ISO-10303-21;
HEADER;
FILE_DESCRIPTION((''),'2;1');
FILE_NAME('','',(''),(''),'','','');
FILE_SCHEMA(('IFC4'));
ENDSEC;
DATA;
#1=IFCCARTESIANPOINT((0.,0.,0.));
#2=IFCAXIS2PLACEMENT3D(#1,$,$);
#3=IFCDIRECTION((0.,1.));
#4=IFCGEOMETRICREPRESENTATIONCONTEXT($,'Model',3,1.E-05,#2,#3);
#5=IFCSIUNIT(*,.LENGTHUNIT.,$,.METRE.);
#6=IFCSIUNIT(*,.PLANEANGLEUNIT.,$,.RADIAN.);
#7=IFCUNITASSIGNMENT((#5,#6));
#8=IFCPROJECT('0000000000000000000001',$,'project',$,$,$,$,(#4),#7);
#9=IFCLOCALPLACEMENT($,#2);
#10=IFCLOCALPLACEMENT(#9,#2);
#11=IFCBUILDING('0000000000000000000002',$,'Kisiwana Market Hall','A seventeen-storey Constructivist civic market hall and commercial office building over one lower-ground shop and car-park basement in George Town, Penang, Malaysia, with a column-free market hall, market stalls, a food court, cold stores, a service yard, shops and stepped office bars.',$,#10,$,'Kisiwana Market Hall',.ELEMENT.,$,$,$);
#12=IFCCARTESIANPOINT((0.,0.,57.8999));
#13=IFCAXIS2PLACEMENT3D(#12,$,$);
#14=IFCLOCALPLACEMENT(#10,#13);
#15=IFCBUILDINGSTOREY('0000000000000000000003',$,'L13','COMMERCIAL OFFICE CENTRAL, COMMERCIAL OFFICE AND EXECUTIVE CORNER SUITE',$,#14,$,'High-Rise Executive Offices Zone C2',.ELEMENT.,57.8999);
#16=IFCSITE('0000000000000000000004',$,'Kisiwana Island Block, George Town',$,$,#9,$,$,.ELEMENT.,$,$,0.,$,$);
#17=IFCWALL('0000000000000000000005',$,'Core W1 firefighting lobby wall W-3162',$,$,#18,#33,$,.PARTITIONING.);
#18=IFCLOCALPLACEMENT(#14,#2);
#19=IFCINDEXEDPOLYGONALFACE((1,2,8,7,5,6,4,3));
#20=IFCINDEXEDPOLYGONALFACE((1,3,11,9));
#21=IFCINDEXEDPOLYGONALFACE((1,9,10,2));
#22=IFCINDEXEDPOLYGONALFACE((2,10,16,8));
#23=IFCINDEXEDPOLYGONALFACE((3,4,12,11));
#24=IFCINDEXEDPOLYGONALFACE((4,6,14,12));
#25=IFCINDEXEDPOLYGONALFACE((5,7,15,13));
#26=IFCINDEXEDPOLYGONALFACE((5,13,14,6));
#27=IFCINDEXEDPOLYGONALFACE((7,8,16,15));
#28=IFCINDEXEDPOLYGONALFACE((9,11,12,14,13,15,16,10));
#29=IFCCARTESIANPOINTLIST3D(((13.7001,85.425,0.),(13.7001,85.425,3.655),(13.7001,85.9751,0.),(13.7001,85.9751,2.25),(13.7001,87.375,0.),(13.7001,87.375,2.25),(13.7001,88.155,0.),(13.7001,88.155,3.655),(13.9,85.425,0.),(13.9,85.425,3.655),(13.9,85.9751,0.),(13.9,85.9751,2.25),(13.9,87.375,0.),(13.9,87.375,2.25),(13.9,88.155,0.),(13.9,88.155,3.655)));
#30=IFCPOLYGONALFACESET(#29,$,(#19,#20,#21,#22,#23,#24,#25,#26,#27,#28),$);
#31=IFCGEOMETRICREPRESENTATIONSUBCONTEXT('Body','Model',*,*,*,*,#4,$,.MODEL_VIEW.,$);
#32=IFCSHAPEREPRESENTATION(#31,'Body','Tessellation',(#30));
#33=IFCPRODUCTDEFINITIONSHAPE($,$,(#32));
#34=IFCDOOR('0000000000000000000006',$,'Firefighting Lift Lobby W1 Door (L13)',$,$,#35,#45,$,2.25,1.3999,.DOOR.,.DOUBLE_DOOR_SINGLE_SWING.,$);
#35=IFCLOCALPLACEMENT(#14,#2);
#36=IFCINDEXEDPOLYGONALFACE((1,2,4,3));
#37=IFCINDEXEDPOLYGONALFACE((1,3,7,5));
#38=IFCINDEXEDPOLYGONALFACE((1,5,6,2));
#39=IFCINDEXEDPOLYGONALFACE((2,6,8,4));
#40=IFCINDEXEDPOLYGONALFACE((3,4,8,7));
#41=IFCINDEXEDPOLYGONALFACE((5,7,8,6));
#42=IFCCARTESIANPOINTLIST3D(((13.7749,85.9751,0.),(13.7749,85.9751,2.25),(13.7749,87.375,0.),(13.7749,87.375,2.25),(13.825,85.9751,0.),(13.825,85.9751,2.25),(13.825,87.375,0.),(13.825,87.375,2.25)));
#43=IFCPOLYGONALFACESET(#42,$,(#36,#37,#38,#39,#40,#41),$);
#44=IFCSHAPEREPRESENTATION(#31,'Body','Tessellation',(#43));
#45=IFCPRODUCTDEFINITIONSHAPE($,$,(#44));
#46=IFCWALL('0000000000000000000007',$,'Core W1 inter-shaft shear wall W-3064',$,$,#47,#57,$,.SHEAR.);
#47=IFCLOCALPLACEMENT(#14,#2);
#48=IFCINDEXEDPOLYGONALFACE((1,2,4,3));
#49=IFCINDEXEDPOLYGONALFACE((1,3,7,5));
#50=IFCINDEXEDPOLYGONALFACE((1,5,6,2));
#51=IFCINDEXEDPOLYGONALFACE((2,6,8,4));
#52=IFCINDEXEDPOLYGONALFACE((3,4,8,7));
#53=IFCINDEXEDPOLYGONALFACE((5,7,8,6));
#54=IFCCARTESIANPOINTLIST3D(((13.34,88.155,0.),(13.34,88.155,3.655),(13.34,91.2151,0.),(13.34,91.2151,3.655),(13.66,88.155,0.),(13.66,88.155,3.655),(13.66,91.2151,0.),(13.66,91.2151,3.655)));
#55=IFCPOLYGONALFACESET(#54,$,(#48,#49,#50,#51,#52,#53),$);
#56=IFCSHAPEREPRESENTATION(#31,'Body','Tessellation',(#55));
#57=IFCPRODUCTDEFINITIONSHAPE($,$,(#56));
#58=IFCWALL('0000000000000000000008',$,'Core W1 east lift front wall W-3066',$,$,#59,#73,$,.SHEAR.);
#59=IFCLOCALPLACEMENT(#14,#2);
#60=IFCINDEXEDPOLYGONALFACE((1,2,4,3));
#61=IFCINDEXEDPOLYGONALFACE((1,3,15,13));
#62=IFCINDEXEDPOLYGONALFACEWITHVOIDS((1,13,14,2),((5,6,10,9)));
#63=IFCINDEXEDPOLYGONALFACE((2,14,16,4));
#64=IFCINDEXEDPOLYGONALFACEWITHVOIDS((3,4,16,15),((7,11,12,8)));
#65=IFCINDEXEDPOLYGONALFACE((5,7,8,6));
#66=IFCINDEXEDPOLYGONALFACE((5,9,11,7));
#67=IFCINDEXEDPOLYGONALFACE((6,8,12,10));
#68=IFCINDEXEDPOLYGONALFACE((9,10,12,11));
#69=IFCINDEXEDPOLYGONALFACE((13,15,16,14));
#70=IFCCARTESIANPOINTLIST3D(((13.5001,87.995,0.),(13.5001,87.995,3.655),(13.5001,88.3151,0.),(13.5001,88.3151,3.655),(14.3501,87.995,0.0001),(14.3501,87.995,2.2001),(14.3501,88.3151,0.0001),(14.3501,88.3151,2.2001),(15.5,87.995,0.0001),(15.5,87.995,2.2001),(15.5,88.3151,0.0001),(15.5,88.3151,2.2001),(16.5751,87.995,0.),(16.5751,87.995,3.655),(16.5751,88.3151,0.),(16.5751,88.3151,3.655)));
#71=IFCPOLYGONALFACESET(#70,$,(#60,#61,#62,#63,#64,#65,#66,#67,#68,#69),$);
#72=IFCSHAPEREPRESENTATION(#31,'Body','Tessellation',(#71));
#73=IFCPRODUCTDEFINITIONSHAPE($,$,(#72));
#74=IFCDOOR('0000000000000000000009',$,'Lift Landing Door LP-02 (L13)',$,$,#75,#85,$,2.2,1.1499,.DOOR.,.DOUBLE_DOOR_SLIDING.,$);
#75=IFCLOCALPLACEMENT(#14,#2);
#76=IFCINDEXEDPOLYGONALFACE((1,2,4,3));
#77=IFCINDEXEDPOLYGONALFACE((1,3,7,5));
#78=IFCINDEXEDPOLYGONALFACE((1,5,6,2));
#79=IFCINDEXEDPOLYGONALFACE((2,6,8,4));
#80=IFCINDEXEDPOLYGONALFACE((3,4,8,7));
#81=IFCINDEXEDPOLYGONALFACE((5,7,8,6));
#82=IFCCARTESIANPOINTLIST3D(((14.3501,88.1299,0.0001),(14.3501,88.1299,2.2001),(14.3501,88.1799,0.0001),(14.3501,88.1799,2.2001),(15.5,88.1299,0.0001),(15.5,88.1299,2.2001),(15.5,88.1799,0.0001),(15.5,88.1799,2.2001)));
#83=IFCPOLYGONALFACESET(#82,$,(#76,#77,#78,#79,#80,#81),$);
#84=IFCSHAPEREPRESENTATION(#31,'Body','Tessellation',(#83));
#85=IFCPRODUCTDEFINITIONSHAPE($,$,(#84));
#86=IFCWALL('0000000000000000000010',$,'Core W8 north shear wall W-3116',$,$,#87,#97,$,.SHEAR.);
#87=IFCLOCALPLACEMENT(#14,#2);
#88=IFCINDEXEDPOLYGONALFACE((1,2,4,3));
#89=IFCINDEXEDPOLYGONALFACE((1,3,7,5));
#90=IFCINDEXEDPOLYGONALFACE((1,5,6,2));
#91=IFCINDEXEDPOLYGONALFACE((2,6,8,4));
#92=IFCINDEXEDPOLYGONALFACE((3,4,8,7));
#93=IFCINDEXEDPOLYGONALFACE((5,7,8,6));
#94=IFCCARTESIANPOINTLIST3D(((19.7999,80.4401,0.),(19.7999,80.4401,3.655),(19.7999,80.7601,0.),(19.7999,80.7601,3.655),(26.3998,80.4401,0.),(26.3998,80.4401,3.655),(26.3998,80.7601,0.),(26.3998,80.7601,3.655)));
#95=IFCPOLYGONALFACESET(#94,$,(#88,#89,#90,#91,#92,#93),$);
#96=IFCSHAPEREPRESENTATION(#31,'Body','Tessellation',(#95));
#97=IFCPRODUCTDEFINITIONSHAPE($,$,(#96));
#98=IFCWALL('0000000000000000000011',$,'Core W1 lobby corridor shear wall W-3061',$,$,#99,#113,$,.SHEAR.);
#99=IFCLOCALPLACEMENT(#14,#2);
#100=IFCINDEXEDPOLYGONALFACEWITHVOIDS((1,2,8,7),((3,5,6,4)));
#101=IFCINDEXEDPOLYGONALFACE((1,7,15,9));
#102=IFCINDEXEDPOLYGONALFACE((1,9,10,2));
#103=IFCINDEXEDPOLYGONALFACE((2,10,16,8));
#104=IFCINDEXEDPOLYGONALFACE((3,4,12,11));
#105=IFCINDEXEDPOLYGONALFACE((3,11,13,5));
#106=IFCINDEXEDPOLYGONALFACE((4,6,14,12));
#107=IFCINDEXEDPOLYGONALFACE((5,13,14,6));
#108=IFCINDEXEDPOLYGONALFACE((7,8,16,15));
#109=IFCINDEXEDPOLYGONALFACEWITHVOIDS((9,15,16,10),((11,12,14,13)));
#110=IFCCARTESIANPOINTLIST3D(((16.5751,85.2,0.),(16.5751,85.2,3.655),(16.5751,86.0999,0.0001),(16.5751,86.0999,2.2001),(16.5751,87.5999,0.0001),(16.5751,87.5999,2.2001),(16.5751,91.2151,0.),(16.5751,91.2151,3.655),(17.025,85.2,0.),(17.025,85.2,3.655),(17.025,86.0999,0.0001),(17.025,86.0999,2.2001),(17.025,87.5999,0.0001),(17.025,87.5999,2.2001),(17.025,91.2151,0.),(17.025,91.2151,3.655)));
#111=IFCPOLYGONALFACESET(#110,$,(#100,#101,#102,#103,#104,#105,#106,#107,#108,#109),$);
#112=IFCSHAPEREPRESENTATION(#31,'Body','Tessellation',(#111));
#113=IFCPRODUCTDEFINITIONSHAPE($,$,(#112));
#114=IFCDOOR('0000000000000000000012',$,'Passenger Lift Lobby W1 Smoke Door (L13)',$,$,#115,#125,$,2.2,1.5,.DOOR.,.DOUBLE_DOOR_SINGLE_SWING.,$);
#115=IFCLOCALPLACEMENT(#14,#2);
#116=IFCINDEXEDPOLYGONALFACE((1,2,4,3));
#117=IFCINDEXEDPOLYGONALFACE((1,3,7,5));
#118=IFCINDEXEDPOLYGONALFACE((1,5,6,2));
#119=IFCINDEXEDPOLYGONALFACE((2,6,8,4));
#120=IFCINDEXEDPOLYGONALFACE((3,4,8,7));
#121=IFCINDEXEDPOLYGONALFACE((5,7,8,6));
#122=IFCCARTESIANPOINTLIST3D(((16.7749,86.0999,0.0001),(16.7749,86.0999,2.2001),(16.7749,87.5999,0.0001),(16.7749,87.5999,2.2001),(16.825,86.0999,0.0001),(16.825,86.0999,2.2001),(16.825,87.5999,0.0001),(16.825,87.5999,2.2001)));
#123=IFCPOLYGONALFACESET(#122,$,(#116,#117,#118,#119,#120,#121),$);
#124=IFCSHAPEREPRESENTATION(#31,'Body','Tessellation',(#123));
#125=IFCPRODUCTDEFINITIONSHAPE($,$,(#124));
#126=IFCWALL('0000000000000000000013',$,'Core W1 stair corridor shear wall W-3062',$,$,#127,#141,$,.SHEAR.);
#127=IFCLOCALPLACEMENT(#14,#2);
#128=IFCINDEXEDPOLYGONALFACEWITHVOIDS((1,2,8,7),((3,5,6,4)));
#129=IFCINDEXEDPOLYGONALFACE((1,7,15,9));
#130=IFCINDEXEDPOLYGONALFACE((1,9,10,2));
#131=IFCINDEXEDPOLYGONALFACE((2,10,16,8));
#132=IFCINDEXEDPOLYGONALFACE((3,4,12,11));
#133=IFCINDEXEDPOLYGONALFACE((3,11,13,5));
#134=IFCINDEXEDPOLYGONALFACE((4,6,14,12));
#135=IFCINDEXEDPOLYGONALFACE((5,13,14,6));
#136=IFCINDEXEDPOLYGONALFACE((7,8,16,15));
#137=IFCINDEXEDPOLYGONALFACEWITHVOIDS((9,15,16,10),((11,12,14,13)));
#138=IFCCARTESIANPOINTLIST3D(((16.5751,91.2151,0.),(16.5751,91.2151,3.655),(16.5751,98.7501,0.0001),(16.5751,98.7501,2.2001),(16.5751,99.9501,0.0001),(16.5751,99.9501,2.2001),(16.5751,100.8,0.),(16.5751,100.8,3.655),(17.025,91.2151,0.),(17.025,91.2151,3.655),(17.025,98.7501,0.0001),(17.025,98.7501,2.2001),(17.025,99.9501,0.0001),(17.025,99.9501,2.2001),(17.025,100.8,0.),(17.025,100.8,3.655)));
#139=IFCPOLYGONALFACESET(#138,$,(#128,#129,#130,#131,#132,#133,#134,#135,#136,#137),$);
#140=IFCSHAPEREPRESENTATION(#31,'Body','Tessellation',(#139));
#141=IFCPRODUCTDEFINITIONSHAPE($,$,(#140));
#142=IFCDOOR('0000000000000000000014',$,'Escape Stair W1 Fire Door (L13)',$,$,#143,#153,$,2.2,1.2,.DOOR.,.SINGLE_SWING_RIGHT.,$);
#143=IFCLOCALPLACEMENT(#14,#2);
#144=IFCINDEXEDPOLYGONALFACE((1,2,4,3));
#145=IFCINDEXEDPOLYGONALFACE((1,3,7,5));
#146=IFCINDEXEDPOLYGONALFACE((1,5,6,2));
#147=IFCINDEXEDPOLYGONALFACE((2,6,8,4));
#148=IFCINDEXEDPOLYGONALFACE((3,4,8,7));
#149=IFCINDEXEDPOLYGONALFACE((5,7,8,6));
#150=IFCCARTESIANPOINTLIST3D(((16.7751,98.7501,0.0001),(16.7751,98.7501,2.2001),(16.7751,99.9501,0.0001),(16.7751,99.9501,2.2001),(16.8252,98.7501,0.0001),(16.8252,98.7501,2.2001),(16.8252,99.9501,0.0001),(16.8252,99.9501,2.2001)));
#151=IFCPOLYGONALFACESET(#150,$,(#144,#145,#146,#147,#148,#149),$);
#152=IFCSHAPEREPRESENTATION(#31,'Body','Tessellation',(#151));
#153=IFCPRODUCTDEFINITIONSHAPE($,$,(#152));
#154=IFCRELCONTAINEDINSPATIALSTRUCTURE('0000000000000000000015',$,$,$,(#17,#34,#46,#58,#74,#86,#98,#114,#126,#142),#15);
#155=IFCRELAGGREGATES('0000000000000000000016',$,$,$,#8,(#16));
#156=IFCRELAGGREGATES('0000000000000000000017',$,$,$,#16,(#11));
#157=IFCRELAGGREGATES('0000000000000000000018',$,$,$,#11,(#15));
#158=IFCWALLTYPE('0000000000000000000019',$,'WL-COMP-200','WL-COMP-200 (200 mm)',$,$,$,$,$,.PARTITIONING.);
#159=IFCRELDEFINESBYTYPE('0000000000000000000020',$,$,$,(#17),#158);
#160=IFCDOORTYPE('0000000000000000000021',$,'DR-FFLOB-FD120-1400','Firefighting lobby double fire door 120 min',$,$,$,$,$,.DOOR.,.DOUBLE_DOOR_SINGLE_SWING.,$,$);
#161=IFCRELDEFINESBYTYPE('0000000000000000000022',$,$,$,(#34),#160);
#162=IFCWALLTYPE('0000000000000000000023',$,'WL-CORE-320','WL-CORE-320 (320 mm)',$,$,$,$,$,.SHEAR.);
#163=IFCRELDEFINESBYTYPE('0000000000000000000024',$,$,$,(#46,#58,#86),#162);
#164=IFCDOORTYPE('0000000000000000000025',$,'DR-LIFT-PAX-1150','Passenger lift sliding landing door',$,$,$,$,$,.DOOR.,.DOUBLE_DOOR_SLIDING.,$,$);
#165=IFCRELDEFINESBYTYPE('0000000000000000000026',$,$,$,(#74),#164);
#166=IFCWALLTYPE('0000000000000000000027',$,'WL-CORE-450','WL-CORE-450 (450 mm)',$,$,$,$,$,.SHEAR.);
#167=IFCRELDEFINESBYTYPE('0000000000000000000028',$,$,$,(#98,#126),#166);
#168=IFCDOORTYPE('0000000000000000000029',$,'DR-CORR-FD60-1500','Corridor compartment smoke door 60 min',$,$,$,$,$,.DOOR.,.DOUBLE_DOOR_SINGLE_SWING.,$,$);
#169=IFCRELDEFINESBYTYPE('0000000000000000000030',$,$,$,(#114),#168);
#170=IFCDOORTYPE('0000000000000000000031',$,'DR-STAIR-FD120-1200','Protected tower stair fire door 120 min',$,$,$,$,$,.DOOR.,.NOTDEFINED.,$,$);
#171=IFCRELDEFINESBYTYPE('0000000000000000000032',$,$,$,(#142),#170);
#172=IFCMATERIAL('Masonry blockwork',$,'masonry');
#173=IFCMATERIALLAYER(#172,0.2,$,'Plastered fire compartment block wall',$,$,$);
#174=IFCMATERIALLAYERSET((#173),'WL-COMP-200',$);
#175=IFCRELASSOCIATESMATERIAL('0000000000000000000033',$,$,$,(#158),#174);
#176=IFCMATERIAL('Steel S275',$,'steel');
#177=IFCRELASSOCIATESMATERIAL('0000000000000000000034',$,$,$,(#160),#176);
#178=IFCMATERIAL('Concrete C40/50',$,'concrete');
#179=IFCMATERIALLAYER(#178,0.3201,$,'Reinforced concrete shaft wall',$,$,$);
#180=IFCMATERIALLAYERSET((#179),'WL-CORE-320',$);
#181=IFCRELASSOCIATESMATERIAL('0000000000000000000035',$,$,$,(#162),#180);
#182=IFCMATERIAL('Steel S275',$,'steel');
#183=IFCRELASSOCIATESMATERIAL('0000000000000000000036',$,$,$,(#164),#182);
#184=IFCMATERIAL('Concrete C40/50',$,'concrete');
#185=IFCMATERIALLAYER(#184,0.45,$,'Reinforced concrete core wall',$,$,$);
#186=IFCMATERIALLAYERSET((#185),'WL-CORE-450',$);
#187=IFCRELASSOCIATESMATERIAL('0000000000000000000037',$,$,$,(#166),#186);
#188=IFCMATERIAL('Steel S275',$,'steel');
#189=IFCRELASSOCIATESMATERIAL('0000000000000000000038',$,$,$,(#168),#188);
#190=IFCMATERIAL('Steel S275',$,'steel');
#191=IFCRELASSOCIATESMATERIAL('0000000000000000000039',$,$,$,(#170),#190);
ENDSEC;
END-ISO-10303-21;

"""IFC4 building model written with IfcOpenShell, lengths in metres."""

from ifc_helpers import new_model, si_unit, direction, frame, frame_2d, origin, place, context, subcontext, project, spatial, rectangle, extrude, material, layer, layer_set, type_object, element, fill, save


model = new_model("IFC4")

# Units and contexts
model_context = context("Model", 3, precision=1e-05, world=origin(), true_north=direction((0.0, 1.0)))
body_context = subcontext(model_context, "Body", "Model", "MODEL_VIEW")
ifc_project = project(units=[si_unit("LENGTHUNIT", "METRE"), si_unit("PLANEANGLEUNIT", "RADIAN")], contexts=[model_context])

# Site, building, storey
site_placement = place(None, origin())
site = spatial("IfcSite", under=ifc_project, at=site_placement, Name="Kisiwana Island Block, George Town", CompositionType="ELEMENT", RefElevation=0.0)
building_placement = place(site_placement, origin())
building = spatial("IfcBuilding", under=site, at=building_placement, Name="Kisiwana Market Hall", Description="A seventeen-storey Constructivist civic market hall and commercial office building over one lower-ground shop and car-park basement in George Town, Penang, Malaysia, with a column-free market hall, market stalls, a food court, cold stores, a service yard, shops and stepped office bars.", LongName="Kisiwana Market Hall", CompositionType="ELEMENT")
storey_placement = place(building_placement, frame((0.0, 0.0, 57.8999)))
storey = spatial("IfcBuildingStorey", under=building, at=storey_placement, Name="L13", Description="COMMERCIAL OFFICE CENTRAL, COMMERCIAL OFFICE AND EXECUTIVE CORNER SUITE", LongName="High-Rise Executive Offices Zone C2", CompositionType="ELEMENT", Elevation=57.8999)

# Wall, opening, door
ifc_material_1 = material(Name="Masonry blockwork", Category="masonry")
ifc_layer_1 = layer(ifc_material_1, 0.2, Name="Plastered fire compartment block wall")
ifc_layer_set_1 = layer_set([ifc_layer_1], Name="WL-COMP-200")
wall_type_1 = type_object("IfcWallType", Name="WL-COMP-200", Description="WL-COMP-200 (200 mm)", PredefinedType="PARTITIONING", material=ifc_layer_set_1)
wall_1_placement = place(storey_placement, frame((13.8, 85.425, 0.0), z_axis=(0.0, 0.0, 1.0), x_axis=(0.0, 1.0, 0.0)))
wall_1 = element("IfcWall", 1, at=wall_1_placement, inside=storey, type_object=wall_type_1, Name="Core W1 firefighting lobby wall W-3162", PredefinedType="PARTITIONING", context=body_context, shape_type="SweptSolid", body=[
    extrude(rectangle(XDim=2.73, YDim=0.2, at=frame_2d((1.365, 0.0))), origin(), (0.0, 0.0, 1.0), 3.655),
])
opening_1_placement = place(wall_1_placement, frame((0.55, 0.0, 0.0)))
opening_1 = element("IfcOpeningElement", 2, at=opening_1_placement, cuts=wall_1, PredefinedType="OPENING", context=body_context, shape_type="SweptSolid", body=[
    extrude(rectangle(XDim=1.3999, YDim=2.25, at=frame_2d((0.7, 1.125))), frame((0.0, 0.1118, 0.0), z_axis=(0.0, -1.0, 0.0), x_axis=(1.0, 0.0, 0.0)), (0.0, 0.0, 1.0), 0.2239),
])
ifc_material_2 = material(Name="Steel S275", Category="steel")
door_type_1 = type_object("IfcDoorType", Name="DR-FFLOB-FD120-1400", Description="Firefighting lobby double fire door 120 min", OperationType="DOUBLE_DOOR_SINGLE_SWING", PredefinedType="DOOR", material=ifc_material_2)
door_1_placement = place(opening_1_placement, frame((1.3999, 0.0, 0.0), z_axis=(0.0, 0.0, 1.0), x_axis=(-1.0, 0.0, 0.0)))
door_1 = element("IfcDoor", 3, at=door_1_placement, inside=storey, type_object=door_type_1, Name="Firefighting Lift Lobby W1 Door (L13)", OperationType="DOUBLE_DOOR_SINGLE_SWING", OverallHeight=2.25, OverallWidth=1.3999, PredefinedType="DOOR", context=body_context, shape_type="SweptSolid", body=[
    extrude(rectangle(XDim=1.3999, YDim=2.25, at=frame_2d((0.7, 1.125))), frame((0.0, 0.0249, 0.0), z_axis=(0.0, -1.0, 0.0), x_axis=(1.0, 0.0, 0.0)), (0.0, 0.0, 1.0), 0.05),
])
fill(opening_1, door_1)

# Wall
ifc_material_3 = material(Name="Concrete C40/50", Category="concrete")
ifc_layer_2 = layer(ifc_material_3, 0.3201, Name="Reinforced concrete shaft wall")
ifc_layer_set_2 = layer_set([ifc_layer_2], Name="WL-CORE-320")
wall_type_2 = type_object("IfcWallType", Name="WL-CORE-320", Description="WL-CORE-320 (320 mm)", PredefinedType="SHEAR", material=ifc_layer_set_2)
wall_2_placement = place(storey_placement, frame((13.5, 88.155, 0.0), z_axis=(0.0, 0.0, 1.0), x_axis=(0.0, 1.0, 0.0)))
element("IfcWall", 4, at=wall_2_placement, inside=storey, type_object=wall_type_2, Name="Core W1 inter-shaft shear wall W-3064", PredefinedType="SHEAR", context=body_context, shape_type="SweptSolid", body=[
    extrude(rectangle(XDim=3.0601, YDim=0.3201, at=frame_2d((1.53, 0.0))), origin(), (0.0, 0.0, 1.0), 3.655),
])

# Wall, opening, door
wall_3_placement = place(storey_placement, frame((13.5, 88.155, 0.0), z_axis=(0.0, 0.0, 1.0), x_axis=(1.0, 0.0, 0.0)))
wall_3 = element("IfcWall", 5, at=wall_3_placement, inside=storey, type_object=wall_type_2, Name="Core W1 east lift front wall W-3066", PredefinedType="SHEAR", context=body_context, shape_type="SweptSolid", body=[
    extrude(rectangle(XDim=3.075, YDim=0.3201, at=frame_2d((1.5376, 0.0))), origin(), (0.0, 0.0, 1.0), 3.655),
])
opening_2_placement = place(wall_3_placement, frame((0.8501, 0.0, 0.0)))
opening_2 = element("IfcOpeningElement", 6, at=opening_2_placement, cuts=wall_3, PredefinedType="OPENING", context=body_context, shape_type="SweptSolid", body=[
    extrude(rectangle(XDim=1.1499, YDim=2.2, at=frame_2d((0.575, 1.1001))), frame((0.0, 0.1719, 0.0), z_axis=(0.0, -1.0, 0.0), x_axis=(1.0, 0.0, 0.0)), (0.0, 0.0, 1.0), 0.344),
])
ifc_material_4 = material(Name="Steel S275", Category="steel")
door_type_2 = type_object("IfcDoorType", Name="DR-LIFT-PAX-1150", Description="Passenger lift sliding landing door", OperationType="DOUBLE_DOOR_SLIDING", PredefinedType="DOOR", material=ifc_material_4)
door_2_placement = place(opening_2_placement, origin())
door_2 = element("IfcDoor", 7, at=door_2_placement, inside=storey, type_object=door_type_2, Name="Lift Landing Door LP-02 (L13)", OperationType="DOUBLE_DOOR_SLIDING", OverallHeight=2.2, OverallWidth=1.1499, PredefinedType="DOOR", context=body_context, shape_type="SweptSolid", body=[
    extrude(rectangle(XDim=1.1499, YDim=2.2, at=frame_2d((0.575, 1.1001))), frame((0.0, 0.0249, 0.0), z_axis=(0.0, -1.0, 0.0), x_axis=(1.0, 0.0, 0.0)), (0.0, 0.0, 1.0), 0.05),
])
fill(opening_2, door_2)

# Wall
wall_4_placement = place(storey_placement, frame((19.8, 80.6001, 0.0), z_axis=(0.0, 0.0, 1.0), x_axis=(1.0, 0.0, 0.0)))
element("IfcWall", 8, at=wall_4_placement, inside=storey, type_object=wall_type_2, Name="Core W8 north shear wall W-3116", PredefinedType="SHEAR", context=body_context, shape_type="SweptSolid", body=[
    extrude(rectangle(XDim=6.5999, YDim=0.3201, at=frame_2d((3.2998, 0.0))), origin(), (0.0, 0.0, 1.0), 3.655),
])

# Walls, openings, doors
ifc_material_5 = material(Name="Concrete C40/50", Category="concrete")
ifc_layer_3 = layer(ifc_material_5, 0.45, Name="Reinforced concrete core wall")
ifc_layer_set_3 = layer_set([ifc_layer_3], Name="WL-CORE-450")
wall_type_3 = type_object("IfcWallType", Name="WL-CORE-450", Description="WL-CORE-450 (450 mm)", PredefinedType="SHEAR", material=ifc_layer_set_3)
wall_5_placement = place(storey_placement, frame((16.8, 85.2, 0.0), z_axis=(0.0, 0.0, 1.0), x_axis=(0.0, 1.0, 0.0)))
wall_5 = element("IfcWall", 9, at=wall_5_placement, inside=storey, type_object=wall_type_3, Name="Core W1 lobby corridor shear wall W-3061", PredefinedType="SHEAR", context=body_context, shape_type="SweptSolid", body=[
    extrude(rectangle(XDim=6.0151, YDim=0.45, at=frame_2d((3.0076, 0.0))), origin(), (0.0, 0.0, 1.0), 3.655),
])
opening_3_placement = place(wall_5_placement, frame((0.8999, 0.0, 0.0)))
opening_3 = element("IfcOpeningElement", 10, at=opening_3_placement, cuts=wall_5, PredefinedType="OPENING", context=body_context, shape_type="SweptSolid", body=[
    extrude(rectangle(XDim=1.5, YDim=2.2, at=frame_2d((0.75, 1.1001))), frame((0.0, 0.2368, 0.0), z_axis=(0.0, -1.0, 0.0), x_axis=(1.0, 0.0, 0.0)), (0.0, 0.0, 1.0), 0.4739),
])
ifc_material_6 = material(Name="Steel S275", Category="steel")
door_type_3 = type_object("IfcDoorType", Name="DR-CORR-FD60-1500", Description="Corridor compartment smoke door 60 min", OperationType="DOUBLE_DOOR_SINGLE_SWING", PredefinedType="DOOR", material=ifc_material_6)
door_3_placement = place(opening_3_placement, frame((1.5, 0.0, 0.0), z_axis=(0.0, 0.0, 1.0), x_axis=(-1.0, 0.0, 0.0)))
door_3 = element("IfcDoor", 11, at=door_3_placement, inside=storey, type_object=door_type_3, Name="Passenger Lift Lobby W1 Smoke Door (L13)", OperationType="DOUBLE_DOOR_SINGLE_SWING", OverallHeight=2.2, OverallWidth=1.5, PredefinedType="DOOR", context=body_context, shape_type="SweptSolid", body=[
    extrude(rectangle(XDim=1.5, YDim=2.2, at=frame_2d((0.75, 1.1001))), frame((0.0, 0.0249, 0.0), z_axis=(0.0, -1.0, 0.0), x_axis=(1.0, 0.0, 0.0)), (0.0, 0.0, 1.0), 0.05),
])
fill(opening_3, door_3)
wall_6_placement = place(storey_placement, frame((16.8, 91.2151, 0.0), z_axis=(0.0, 0.0, 1.0), x_axis=(0.0, 1.0, 0.0)))
wall_6 = element("IfcWall", 12, at=wall_6_placement, inside=storey, type_object=wall_type_3, Name="Core W1 stair corridor shear wall W-3062", PredefinedType="SHEAR", context=body_context, shape_type="SweptSolid", body=[
    extrude(rectangle(XDim=9.585, YDim=0.45, at=frame_2d((4.7925, 0.0))), origin(), (0.0, 0.0, 1.0), 3.655),
])
opening_4_placement = place(wall_6_placement, frame((7.5349, 0.0, 0.0)))
opening_4 = element("IfcOpeningElement", 13, at=opening_4_placement, cuts=wall_6, PredefinedType="OPENING", context=body_context, shape_type="SweptSolid", body=[
    extrude(rectangle(XDim=1.2, YDim=2.2, at=frame_2d((0.6001, 1.1001))), frame((0.0, 0.2368, 0.0), z_axis=(0.0, -1.0, 0.0), x_axis=(1.0, 0.0, 0.0)), (0.0, 0.0, 1.0), 0.4739),
])
ifc_material_7 = material(Name="Steel S275", Category="steel")
door_type_4 = type_object("IfcDoorType", Name="DR-STAIR-FD120-1200", Description="Protected tower stair fire door 120 min", OperationType="NOTDEFINED", PredefinedType="DOOR", material=ifc_material_7)
door_4_placement = place(opening_4_placement, origin())
door_4 = element("IfcDoor", 14, at=door_4_placement, inside=storey, type_object=door_type_4, Name="Escape Stair W1 Fire Door (L13)", OperationType="SINGLE_SWING_RIGHT", OverallHeight=2.2, OverallWidth=1.2, PredefinedType="DOOR", context=body_context, shape_type="SweptSolid", body=[
    extrude(rectangle(XDim=1.2, YDim=2.2, at=frame_2d((0.6001, 1.1001))), frame((0.0, 0.0249, 0.0), z_axis=(0.0, -1.0, 0.0), x_axis=(1.0, 0.0, 0.0)), (0.0, 0.0, 1.0), 0.05),
])
fill(opening_4, door_4)

save(model, "model.ifc")
